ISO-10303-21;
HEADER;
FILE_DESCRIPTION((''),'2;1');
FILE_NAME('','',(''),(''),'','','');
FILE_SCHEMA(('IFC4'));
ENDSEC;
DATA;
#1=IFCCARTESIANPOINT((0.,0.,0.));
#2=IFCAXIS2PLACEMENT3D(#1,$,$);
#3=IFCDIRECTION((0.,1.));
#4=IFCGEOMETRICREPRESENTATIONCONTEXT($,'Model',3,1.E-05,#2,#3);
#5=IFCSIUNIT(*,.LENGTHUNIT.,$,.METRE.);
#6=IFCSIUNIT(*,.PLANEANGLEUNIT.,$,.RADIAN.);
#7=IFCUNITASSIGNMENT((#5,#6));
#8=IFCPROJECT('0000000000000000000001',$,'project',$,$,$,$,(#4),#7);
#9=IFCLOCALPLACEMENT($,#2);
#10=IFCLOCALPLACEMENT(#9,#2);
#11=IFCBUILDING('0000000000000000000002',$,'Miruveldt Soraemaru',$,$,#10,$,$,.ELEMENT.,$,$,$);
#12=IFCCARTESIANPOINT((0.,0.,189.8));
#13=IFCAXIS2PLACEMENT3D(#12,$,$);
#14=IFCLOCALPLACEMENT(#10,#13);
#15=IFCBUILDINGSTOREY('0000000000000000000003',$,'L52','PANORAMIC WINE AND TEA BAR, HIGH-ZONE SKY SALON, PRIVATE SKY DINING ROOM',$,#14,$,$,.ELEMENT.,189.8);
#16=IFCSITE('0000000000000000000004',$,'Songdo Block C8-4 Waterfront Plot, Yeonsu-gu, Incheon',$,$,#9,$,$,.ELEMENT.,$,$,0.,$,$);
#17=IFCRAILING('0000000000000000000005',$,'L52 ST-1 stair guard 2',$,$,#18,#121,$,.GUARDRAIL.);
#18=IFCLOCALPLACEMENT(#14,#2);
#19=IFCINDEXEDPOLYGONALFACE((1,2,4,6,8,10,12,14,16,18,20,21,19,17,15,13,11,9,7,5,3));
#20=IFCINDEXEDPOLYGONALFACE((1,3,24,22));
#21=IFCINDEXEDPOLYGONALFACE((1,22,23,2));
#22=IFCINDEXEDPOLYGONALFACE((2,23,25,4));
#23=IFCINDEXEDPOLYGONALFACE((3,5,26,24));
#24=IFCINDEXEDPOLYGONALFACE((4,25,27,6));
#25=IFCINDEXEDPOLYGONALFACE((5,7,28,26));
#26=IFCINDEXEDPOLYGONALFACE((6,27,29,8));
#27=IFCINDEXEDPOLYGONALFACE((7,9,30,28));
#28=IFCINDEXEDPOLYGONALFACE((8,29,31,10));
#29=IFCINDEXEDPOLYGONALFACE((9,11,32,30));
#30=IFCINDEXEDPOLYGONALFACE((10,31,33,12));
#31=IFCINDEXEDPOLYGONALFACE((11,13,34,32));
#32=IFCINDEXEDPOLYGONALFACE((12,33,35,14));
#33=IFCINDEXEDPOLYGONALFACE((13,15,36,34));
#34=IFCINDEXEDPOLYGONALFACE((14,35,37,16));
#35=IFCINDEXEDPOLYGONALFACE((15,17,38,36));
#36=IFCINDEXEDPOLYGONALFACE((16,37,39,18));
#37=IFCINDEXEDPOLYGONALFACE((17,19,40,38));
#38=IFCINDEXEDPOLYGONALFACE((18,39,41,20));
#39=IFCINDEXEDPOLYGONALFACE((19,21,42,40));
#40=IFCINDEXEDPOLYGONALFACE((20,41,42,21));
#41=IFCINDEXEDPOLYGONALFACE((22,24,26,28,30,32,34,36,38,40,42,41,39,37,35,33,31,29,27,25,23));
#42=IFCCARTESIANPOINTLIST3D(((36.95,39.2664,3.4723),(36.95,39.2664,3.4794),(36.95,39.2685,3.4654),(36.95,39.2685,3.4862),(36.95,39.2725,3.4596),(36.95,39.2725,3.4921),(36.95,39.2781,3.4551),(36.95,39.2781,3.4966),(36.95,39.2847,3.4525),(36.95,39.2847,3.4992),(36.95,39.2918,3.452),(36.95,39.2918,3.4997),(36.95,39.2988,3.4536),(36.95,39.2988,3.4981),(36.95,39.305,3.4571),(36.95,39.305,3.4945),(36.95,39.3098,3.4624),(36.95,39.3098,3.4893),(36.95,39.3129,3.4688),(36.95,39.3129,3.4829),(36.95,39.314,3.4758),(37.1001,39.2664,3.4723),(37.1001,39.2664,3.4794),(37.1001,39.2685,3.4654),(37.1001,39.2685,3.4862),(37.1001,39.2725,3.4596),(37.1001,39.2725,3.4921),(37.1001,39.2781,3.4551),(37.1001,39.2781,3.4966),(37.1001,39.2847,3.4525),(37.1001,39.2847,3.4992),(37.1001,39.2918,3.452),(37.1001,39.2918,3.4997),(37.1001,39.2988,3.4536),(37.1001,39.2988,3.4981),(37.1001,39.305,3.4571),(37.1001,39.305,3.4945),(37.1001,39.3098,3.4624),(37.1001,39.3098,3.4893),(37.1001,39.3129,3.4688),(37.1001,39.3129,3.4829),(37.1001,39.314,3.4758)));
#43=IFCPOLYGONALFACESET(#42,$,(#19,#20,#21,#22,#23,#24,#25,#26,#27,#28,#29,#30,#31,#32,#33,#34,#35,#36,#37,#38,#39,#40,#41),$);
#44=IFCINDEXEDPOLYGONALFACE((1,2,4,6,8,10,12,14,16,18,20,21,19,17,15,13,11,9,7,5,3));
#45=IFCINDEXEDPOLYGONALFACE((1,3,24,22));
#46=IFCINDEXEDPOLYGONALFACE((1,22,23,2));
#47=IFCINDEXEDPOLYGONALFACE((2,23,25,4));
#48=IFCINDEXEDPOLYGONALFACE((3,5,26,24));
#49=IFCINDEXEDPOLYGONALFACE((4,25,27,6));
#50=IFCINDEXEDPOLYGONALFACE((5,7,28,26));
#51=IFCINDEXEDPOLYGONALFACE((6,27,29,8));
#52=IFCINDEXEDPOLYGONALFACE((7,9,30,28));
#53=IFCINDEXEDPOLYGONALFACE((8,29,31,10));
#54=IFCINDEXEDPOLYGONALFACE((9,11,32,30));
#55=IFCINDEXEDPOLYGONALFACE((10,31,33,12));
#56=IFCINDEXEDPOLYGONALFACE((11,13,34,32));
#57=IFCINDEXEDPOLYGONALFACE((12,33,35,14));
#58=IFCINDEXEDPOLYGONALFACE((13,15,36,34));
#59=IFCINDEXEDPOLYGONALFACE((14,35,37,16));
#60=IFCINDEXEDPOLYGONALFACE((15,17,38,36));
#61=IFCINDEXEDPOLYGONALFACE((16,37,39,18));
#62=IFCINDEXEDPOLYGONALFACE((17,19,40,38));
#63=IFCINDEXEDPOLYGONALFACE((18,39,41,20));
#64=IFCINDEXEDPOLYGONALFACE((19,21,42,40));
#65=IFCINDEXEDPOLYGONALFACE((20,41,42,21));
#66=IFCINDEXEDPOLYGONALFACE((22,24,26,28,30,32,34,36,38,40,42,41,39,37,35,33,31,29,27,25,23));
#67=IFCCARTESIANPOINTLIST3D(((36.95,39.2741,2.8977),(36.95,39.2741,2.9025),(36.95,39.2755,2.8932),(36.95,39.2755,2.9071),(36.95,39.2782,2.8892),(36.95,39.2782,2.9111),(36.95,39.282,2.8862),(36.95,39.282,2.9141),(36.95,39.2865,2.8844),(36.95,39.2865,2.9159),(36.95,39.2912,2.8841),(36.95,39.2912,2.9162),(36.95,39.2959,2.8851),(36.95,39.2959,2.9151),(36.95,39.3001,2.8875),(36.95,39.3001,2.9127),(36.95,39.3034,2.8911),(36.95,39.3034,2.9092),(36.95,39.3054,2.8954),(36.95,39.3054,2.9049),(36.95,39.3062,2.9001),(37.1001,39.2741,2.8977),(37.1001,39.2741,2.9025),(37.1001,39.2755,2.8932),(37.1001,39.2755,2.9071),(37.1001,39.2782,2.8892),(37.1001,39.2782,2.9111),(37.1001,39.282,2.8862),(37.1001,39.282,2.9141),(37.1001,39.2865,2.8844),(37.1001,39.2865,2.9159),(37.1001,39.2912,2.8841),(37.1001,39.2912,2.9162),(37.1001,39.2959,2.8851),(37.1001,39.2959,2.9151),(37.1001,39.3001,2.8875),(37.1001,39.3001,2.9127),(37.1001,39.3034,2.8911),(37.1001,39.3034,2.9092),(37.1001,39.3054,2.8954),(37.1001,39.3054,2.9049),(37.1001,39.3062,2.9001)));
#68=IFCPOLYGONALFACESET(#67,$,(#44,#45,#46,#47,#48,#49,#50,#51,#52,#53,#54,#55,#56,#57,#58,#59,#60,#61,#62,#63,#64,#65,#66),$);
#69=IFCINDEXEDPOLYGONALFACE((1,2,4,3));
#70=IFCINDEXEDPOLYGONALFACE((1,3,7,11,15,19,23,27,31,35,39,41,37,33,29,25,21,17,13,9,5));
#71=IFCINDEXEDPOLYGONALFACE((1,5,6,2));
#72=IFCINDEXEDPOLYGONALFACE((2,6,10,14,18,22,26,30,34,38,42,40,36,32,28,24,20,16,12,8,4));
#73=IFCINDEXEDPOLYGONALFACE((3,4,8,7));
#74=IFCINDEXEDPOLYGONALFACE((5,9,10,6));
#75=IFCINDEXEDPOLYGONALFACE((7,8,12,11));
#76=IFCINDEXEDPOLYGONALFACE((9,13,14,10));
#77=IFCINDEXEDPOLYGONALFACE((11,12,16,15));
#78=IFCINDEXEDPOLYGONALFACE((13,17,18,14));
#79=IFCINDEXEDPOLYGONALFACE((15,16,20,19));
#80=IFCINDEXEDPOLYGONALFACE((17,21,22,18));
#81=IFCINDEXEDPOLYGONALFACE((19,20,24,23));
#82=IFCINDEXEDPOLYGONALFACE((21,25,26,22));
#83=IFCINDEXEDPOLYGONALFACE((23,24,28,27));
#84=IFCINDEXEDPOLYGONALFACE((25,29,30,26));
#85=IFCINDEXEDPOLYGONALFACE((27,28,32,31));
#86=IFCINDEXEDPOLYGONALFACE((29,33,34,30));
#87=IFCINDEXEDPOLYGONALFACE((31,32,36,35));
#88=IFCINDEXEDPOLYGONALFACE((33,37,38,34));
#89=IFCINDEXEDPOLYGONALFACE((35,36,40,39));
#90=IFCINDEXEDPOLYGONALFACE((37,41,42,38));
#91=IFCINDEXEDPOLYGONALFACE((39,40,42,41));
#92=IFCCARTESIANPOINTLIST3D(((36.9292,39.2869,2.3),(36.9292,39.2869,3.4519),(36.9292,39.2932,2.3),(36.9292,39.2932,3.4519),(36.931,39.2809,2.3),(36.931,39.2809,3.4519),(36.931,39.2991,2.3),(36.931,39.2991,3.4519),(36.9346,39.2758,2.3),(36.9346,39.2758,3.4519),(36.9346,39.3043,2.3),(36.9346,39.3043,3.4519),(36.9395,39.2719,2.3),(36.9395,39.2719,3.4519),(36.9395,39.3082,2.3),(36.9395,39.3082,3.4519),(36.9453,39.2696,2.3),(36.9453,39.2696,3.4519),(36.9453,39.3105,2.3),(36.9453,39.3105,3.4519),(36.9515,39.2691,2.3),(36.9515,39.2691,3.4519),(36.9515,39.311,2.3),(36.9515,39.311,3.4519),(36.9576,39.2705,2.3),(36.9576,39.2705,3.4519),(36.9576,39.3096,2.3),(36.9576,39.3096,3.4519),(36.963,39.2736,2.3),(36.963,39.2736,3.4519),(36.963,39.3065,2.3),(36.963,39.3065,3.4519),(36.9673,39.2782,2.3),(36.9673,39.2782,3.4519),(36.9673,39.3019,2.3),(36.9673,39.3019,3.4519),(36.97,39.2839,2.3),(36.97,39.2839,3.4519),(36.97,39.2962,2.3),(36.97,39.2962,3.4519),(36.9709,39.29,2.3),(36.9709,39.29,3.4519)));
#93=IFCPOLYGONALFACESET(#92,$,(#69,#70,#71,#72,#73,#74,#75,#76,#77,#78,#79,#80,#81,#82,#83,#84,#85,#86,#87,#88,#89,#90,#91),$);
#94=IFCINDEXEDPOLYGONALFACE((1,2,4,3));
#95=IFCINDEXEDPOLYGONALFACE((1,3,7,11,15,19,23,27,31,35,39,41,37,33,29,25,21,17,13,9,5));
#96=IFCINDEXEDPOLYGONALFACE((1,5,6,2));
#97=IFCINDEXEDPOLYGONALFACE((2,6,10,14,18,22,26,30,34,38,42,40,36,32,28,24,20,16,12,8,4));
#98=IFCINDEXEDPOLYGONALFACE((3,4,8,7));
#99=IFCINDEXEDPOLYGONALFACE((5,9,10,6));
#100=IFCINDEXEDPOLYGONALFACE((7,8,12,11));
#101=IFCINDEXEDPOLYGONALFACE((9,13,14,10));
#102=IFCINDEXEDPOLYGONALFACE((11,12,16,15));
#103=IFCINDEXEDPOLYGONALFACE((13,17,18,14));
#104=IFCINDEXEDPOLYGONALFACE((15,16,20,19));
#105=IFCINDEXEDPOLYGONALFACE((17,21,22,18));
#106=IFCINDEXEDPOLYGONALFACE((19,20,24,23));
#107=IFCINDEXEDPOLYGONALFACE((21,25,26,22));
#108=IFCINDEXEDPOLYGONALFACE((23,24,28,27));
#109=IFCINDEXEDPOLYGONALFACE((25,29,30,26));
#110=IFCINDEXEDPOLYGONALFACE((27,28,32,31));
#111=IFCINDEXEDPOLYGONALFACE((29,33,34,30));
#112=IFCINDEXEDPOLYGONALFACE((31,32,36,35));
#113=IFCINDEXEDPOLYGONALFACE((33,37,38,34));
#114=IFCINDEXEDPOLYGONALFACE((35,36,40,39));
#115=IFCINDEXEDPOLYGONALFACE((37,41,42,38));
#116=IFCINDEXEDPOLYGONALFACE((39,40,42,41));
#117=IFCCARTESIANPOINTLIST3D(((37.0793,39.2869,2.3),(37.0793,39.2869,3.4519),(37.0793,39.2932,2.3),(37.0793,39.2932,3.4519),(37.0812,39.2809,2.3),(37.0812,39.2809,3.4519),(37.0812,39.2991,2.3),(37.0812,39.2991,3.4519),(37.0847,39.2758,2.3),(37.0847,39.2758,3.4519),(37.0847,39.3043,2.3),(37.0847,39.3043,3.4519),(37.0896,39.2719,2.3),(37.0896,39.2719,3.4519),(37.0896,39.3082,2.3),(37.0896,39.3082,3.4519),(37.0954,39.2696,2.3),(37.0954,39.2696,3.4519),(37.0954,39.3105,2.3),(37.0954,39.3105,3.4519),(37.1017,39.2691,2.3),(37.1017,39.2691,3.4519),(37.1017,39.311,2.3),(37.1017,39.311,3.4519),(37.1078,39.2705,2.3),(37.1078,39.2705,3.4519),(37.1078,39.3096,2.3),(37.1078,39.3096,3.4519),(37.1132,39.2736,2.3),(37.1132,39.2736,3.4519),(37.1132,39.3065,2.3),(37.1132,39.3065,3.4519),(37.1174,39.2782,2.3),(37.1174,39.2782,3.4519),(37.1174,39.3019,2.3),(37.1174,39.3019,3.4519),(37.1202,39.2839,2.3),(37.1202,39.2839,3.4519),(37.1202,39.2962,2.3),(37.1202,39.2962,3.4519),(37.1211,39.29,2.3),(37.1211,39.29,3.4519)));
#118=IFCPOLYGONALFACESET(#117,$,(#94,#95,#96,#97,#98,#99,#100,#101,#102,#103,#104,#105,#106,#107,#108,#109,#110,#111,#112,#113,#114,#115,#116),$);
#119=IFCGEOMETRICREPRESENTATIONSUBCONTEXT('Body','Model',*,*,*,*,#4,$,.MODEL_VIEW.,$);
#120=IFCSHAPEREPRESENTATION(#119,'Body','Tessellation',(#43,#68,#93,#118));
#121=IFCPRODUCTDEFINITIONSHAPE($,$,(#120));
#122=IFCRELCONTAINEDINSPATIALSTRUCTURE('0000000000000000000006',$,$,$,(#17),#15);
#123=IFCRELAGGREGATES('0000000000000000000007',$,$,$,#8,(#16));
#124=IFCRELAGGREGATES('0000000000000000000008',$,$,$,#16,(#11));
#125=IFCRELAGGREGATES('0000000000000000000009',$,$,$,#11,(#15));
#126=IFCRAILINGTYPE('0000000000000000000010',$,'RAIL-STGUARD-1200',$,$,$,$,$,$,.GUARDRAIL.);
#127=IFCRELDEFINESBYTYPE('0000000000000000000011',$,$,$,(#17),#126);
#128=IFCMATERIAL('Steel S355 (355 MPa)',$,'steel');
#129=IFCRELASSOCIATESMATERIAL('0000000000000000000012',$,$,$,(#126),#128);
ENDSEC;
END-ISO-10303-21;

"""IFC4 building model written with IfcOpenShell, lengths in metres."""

from ifc_helpers import new_model, si_unit, direction, frame, origin, origin_2d, place, context, subcontext, project, spatial, circle, extrude, material, type_object, element, save


model = new_model("IFC4")

# Units and contexts
model_context = context("Model", 3, precision=1e-05, world=origin(), true_north=direction((0.0, 1.0)))
body_context = subcontext(model_context, "Body", "Model", "MODEL_VIEW")
ifc_project = project(units=[si_unit("LENGTHUNIT", "METRE"), si_unit("PLANEANGLEUNIT", "RADIAN")], contexts=[model_context])

# Site, building, storey
site_placement = place(None, origin())
site = spatial("IfcSite", under=ifc_project, at=site_placement, Name="Songdo Block C8-4 Waterfront Plot, Yeonsu-gu, Incheon", CompositionType="ELEMENT", RefElevation=0.0)
building_placement = place(site_placement, origin())
building = spatial("IfcBuilding", under=site, at=building_placement, Name="Miruveldt Soraemaru", CompositionType="ELEMENT")
storey_placement = place(building_placement, frame((0.0, 0.0, 189.8)))
storey = spatial("IfcBuildingStorey", under=building, at=storey_placement, Name="L52", Description="PANORAMIC WINE AND TEA BAR, HIGH-ZONE SKY SALON, PRIVATE SKY DINING ROOM", CompositionType="ELEMENT", Elevation=189.8)

# Railing
ifc_material_1 = material(Name="Steel S355 (355 MPa)", Category="steel")
railing_type_1 = type_object("IfcRailingType", Name="RAIL-STGUARD-1200", PredefinedType="GUARDRAIL", material=ifc_material_1)
railing_1_placement = place(storey_placement, frame((36.95, 39.29, 2.3)))
element("IfcRailing", 1, at=railing_1_placement, inside=storey, type_object=railing_type_1, Name="L52 ST-1 stair guard 2", PredefinedType="GUARDRAIL", context=body_context, shape_type="SweptSolid", body=[
    extrude(circle(Radius=0.0239, at=origin_2d()), frame((0.0, 0.0, 1.1758), z_axis=(1.0, 0.0, 0.0), x_axis=(0.0, 1.0, 0.0)), (0.0, 0.0, 1.0), 0.1501),
    extrude(circle(Radius=0.0161, at=origin_2d()), frame((0.0, 0.0, 0.6001), z_axis=(1.0, 0.0, 0.0), x_axis=(0.0, 1.0, 0.0)), (0.0, 0.0, 1.0), 0.1501),
    extrude(circle(Radius=0.021, at=origin_2d()), origin(), (0.0, 0.0, 1.0), 1.1519),
    extrude(circle(Radius=0.021, at=origin_2d()), frame((0.1501, 0.0, 0.0)), (0.0, 0.0, 1.0), 1.1519),
])

save(model, "model.ifc")
